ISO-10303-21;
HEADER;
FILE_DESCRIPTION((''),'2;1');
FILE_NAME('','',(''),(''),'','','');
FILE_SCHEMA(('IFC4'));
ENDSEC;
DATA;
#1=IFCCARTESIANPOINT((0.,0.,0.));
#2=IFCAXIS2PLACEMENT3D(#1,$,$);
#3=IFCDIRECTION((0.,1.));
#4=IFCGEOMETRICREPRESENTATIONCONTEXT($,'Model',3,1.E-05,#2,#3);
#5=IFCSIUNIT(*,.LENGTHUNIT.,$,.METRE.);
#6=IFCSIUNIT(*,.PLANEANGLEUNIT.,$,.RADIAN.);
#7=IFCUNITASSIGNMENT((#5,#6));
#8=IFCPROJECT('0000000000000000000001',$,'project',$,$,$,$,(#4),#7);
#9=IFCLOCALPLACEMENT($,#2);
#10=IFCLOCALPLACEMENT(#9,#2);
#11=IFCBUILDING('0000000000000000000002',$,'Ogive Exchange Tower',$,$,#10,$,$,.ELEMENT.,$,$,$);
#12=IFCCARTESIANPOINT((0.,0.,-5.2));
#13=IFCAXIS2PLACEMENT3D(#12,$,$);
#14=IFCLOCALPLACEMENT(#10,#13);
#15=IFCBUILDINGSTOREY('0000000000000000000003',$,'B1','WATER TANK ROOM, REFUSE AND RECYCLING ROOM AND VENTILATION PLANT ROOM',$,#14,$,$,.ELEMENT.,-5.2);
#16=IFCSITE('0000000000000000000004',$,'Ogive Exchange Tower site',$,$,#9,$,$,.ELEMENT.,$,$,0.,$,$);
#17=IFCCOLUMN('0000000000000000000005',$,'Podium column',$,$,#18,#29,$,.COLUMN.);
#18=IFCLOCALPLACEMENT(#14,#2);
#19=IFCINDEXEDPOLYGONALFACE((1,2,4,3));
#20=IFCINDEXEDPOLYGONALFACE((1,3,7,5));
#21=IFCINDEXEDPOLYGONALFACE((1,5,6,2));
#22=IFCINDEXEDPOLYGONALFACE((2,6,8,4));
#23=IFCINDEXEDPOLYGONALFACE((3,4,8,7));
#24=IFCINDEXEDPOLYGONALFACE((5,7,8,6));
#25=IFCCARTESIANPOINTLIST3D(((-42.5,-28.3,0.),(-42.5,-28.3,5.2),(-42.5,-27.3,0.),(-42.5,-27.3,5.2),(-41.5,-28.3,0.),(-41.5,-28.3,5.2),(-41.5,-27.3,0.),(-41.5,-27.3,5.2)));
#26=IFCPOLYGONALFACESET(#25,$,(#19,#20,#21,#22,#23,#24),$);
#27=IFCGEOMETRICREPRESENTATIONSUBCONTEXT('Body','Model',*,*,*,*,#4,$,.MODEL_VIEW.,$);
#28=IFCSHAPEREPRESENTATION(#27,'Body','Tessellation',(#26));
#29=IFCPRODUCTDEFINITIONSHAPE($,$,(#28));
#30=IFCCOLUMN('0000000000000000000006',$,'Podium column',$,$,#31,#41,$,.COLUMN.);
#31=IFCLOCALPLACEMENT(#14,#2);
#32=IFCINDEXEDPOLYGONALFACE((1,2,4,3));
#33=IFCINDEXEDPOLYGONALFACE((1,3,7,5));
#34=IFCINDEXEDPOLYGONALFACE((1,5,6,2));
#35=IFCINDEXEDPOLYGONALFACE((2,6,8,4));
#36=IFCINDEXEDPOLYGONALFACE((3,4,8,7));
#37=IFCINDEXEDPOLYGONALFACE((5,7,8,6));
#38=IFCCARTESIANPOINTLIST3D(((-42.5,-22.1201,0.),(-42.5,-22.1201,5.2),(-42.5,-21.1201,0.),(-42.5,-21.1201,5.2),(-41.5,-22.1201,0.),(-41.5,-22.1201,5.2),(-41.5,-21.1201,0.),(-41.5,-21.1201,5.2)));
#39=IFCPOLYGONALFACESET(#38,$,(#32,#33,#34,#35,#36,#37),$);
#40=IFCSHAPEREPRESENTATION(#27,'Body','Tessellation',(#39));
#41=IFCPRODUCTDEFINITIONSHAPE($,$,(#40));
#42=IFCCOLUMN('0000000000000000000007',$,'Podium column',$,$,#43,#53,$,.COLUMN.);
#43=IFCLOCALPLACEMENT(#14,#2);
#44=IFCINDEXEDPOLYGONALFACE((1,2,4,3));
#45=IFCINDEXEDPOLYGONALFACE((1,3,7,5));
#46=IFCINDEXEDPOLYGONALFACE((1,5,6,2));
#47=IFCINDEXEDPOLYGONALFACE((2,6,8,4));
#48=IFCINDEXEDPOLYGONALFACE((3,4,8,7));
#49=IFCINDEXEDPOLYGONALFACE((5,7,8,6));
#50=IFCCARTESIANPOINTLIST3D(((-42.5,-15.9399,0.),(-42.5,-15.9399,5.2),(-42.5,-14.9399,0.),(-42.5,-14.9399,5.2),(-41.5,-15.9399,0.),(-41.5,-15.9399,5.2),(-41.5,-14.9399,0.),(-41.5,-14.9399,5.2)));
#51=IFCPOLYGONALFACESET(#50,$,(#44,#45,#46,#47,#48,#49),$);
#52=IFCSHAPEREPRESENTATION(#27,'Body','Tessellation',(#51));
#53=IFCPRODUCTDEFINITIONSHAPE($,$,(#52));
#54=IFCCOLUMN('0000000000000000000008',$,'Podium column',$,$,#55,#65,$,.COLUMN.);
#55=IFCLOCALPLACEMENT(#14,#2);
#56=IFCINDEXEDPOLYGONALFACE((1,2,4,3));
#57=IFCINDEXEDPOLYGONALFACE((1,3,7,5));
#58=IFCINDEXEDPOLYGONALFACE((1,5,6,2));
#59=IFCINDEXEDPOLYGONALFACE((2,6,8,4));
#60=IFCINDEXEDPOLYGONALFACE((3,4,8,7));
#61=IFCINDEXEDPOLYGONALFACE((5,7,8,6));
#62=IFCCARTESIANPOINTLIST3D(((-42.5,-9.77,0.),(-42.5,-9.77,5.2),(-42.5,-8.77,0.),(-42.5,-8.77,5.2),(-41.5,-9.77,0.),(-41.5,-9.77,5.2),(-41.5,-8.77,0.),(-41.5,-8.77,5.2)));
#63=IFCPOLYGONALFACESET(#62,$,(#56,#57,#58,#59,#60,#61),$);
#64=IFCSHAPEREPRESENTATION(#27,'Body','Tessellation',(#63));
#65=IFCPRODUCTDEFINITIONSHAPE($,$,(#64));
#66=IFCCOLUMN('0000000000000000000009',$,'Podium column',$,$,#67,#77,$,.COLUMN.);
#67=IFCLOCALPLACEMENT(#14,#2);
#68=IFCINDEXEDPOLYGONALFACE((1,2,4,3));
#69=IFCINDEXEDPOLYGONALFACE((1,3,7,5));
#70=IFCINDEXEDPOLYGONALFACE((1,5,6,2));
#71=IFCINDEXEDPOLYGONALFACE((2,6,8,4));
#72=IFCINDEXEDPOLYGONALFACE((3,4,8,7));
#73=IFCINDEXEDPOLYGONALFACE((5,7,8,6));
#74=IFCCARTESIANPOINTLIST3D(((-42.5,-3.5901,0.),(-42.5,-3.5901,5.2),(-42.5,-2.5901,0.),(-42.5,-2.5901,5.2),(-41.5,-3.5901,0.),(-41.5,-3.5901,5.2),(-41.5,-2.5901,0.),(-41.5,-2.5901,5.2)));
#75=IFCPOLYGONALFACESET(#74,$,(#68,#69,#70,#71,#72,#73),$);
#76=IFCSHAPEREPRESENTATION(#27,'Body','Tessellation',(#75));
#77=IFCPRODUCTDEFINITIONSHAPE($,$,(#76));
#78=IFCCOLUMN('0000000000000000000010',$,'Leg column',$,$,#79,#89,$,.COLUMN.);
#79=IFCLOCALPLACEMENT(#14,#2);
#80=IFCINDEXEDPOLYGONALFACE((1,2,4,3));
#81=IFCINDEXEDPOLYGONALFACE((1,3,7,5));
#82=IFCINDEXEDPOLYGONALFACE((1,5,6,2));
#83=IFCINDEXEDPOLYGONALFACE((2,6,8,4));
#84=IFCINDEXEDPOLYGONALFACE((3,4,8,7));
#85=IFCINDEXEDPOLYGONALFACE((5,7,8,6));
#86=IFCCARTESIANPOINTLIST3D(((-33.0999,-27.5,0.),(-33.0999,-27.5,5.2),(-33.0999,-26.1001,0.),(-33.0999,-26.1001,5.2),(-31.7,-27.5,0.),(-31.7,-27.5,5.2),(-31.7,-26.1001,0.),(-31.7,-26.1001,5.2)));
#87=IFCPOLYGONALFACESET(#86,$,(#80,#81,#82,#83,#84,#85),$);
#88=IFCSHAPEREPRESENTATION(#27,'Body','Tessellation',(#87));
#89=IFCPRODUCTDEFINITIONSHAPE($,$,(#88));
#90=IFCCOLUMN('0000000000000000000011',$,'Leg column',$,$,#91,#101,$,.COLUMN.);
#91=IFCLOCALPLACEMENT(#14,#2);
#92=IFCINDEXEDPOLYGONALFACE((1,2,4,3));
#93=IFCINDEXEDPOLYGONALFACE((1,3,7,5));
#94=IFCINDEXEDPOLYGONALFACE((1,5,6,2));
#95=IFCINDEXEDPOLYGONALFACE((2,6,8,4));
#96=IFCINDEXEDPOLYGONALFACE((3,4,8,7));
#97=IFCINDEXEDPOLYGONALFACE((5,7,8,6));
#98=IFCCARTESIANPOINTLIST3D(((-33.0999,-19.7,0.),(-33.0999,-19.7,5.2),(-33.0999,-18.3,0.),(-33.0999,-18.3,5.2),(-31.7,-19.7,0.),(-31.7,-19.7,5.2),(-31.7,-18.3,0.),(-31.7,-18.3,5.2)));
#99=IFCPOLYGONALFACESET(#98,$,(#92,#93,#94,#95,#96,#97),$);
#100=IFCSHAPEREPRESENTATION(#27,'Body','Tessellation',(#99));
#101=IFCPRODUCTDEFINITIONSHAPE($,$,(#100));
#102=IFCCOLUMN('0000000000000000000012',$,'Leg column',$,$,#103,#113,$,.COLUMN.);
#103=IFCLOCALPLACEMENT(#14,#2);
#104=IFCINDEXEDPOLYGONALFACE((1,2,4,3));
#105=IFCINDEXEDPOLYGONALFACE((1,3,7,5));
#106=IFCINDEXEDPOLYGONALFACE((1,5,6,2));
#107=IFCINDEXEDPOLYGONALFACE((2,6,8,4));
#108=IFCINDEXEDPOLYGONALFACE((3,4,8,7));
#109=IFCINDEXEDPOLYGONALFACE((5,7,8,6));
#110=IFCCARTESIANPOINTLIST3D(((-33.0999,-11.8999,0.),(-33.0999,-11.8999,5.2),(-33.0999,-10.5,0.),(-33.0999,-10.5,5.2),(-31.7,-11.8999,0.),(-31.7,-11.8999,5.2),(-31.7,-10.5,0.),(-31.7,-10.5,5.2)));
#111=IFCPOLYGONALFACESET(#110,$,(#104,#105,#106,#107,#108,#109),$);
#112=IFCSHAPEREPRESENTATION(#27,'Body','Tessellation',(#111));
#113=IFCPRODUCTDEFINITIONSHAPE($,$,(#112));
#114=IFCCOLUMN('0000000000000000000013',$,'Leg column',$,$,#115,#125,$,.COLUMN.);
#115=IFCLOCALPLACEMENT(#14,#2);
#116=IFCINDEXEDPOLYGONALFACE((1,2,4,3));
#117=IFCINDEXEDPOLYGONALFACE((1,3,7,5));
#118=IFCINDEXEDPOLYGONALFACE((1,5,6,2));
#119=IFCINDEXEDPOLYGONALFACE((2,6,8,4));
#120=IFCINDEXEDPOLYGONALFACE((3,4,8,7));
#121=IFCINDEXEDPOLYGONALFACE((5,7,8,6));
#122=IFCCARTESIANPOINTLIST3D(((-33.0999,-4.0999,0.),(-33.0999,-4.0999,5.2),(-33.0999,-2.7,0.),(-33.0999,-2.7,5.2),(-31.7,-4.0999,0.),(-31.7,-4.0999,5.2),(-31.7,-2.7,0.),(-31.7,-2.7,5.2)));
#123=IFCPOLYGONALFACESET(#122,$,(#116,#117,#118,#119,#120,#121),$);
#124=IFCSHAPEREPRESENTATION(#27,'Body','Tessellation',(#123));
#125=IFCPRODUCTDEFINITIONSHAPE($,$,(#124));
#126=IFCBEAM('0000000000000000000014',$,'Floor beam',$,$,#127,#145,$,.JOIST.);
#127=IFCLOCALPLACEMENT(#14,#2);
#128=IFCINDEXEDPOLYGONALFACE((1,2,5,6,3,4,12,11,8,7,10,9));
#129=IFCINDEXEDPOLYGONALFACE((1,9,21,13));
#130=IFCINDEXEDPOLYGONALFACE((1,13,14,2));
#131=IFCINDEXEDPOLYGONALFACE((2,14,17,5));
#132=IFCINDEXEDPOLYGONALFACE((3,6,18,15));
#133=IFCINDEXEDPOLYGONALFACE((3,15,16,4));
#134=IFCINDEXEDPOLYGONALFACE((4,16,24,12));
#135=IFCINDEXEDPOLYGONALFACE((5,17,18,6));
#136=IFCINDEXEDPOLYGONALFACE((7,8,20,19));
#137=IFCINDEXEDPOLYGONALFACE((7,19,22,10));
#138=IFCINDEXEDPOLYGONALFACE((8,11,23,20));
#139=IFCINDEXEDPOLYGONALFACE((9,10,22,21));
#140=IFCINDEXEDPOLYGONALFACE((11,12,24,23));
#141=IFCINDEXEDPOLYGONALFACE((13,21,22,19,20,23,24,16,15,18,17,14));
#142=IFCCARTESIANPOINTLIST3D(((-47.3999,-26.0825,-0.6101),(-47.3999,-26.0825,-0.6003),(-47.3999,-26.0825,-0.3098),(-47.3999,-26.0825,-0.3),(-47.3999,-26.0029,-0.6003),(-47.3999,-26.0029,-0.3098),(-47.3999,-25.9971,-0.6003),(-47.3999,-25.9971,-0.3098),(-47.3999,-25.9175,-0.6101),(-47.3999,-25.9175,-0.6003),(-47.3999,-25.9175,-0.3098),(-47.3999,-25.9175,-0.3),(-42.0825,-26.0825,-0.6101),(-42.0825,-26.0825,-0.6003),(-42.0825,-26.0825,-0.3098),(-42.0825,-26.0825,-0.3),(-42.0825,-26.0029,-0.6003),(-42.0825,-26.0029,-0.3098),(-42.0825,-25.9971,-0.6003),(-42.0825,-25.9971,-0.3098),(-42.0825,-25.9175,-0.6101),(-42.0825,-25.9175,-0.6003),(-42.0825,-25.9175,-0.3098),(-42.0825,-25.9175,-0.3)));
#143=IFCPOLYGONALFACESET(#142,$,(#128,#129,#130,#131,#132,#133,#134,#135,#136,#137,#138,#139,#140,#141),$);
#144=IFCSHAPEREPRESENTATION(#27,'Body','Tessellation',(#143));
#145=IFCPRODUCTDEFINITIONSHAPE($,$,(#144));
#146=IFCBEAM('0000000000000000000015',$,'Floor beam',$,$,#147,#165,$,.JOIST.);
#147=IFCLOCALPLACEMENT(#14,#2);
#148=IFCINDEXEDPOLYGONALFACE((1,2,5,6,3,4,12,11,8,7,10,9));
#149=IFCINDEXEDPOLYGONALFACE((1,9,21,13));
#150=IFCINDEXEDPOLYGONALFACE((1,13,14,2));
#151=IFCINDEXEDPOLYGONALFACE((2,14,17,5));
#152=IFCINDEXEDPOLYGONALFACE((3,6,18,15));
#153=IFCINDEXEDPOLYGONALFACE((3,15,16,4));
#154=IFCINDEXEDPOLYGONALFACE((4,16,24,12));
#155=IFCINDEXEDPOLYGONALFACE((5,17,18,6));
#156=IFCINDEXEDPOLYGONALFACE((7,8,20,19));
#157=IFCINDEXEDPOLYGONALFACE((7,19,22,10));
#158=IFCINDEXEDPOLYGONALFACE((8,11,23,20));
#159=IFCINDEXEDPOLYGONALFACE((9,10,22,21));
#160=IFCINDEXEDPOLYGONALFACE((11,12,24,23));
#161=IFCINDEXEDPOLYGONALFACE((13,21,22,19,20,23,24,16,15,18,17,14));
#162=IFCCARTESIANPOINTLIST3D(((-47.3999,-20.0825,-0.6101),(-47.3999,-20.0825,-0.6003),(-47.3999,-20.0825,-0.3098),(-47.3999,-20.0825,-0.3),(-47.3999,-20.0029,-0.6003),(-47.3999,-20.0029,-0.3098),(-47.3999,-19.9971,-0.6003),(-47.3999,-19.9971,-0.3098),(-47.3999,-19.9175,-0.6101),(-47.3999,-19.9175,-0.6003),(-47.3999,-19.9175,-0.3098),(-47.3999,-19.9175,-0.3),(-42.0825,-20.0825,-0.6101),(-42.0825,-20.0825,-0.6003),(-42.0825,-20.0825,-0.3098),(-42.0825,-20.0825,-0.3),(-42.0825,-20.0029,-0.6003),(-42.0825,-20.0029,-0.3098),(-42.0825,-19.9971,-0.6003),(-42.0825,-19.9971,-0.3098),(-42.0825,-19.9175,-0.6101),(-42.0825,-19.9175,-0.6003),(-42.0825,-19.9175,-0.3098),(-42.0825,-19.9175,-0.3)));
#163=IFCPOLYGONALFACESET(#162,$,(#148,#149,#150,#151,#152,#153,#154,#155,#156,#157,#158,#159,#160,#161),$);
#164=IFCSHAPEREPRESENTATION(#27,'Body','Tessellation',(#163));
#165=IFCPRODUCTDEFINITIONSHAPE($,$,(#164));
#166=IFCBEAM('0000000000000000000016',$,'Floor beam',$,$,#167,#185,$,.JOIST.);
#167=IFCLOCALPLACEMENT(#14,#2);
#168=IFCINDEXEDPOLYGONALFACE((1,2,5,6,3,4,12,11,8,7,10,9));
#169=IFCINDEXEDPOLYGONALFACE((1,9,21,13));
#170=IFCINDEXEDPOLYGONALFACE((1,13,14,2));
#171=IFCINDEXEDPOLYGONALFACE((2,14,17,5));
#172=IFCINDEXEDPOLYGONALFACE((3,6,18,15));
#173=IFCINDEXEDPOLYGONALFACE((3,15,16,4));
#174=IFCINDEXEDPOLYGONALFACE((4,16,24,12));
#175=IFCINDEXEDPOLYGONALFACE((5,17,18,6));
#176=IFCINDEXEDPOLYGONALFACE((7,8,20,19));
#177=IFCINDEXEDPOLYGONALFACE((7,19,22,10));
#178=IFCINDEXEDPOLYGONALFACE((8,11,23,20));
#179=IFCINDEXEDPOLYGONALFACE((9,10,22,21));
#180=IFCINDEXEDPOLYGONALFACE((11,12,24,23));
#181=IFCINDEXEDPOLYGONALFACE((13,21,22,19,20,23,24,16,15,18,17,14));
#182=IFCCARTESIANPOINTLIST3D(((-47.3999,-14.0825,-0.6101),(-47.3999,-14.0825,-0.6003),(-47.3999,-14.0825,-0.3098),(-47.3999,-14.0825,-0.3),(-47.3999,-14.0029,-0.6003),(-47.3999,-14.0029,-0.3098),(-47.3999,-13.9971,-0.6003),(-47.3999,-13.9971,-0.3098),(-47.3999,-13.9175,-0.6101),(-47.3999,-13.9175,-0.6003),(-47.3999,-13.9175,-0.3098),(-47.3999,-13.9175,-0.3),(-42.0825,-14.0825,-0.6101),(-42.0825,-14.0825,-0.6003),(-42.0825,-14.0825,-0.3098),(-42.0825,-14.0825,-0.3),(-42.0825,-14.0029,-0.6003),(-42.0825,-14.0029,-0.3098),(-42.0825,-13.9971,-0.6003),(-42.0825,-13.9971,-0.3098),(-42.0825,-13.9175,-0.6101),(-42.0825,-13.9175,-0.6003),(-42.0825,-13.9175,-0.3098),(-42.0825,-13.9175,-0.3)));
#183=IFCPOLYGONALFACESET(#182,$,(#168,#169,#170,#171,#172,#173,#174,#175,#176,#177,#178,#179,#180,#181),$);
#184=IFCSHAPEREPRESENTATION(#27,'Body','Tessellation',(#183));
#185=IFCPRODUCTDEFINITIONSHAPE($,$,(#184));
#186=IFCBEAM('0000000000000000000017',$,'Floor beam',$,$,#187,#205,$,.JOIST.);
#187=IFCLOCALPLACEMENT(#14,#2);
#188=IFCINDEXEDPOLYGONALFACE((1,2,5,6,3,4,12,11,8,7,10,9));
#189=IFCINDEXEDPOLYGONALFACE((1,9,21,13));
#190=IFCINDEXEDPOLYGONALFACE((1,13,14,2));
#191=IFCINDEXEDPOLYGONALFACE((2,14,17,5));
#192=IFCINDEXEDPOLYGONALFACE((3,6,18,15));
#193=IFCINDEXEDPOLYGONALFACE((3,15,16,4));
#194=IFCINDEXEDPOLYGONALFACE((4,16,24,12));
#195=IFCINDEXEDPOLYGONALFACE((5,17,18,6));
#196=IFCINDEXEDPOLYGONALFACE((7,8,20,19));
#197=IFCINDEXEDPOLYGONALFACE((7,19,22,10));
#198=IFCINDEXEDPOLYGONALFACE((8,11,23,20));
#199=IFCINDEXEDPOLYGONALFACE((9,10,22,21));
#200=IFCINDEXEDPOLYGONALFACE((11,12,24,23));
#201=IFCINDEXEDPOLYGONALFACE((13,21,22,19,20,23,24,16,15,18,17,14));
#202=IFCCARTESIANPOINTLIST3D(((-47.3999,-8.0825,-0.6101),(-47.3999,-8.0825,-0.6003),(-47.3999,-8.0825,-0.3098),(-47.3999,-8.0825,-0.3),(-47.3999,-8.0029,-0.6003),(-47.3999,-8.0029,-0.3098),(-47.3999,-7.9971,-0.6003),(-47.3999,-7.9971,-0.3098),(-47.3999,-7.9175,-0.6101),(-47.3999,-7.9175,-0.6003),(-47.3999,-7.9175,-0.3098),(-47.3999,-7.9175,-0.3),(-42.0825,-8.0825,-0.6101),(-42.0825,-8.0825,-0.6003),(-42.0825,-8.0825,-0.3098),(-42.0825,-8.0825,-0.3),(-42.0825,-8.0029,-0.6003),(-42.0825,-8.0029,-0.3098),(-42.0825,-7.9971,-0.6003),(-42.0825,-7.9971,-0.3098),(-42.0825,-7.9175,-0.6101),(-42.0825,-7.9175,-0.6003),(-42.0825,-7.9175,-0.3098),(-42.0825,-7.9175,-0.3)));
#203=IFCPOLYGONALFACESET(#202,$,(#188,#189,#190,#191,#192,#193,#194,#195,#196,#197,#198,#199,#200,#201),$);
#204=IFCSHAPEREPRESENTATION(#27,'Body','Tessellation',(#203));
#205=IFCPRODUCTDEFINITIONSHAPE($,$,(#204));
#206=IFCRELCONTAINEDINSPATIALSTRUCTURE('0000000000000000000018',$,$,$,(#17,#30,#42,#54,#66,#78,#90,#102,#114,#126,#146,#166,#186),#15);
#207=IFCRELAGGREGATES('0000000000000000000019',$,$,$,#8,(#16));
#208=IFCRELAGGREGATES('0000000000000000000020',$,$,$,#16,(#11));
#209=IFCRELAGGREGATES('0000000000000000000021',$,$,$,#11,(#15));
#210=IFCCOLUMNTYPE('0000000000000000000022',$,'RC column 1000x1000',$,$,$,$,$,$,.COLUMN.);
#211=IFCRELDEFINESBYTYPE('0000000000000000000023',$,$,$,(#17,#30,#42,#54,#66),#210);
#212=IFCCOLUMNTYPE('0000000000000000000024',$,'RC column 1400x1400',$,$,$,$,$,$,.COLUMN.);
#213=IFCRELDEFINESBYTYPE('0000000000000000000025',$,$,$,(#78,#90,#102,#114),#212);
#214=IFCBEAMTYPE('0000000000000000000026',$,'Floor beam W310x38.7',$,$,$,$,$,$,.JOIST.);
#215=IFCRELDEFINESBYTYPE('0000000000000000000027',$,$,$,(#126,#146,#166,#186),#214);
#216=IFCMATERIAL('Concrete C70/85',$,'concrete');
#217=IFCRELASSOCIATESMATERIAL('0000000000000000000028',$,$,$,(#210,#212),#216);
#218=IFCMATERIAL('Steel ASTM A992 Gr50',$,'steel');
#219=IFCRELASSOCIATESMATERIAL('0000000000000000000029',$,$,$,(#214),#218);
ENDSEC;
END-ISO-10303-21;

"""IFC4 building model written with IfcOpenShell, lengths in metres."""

from ifc_helpers import new_model, si_unit, direction, frame, origin, origin_2d, place, context, subcontext, project, spatial, rectangle, i_section, extrude, material, material_profile, profile_set, type_object, element, save


model = new_model("IFC4")

# Units and contexts
model_context = context("Model", 3, precision=1e-05, world=origin(), true_north=direction((0.0, 1.0)))
body_context = subcontext(model_context, "Body", "Model", "MODEL_VIEW")
ifc_project = project(units=[si_unit("LENGTHUNIT", "METRE"), si_unit("PLANEANGLEUNIT", "RADIAN")], contexts=[model_context])

# Site, building, storey
site_placement = place(None, origin())
site = spatial("IfcSite", under=ifc_project, at=site_placement, Name="Ogive Exchange Tower site", CompositionType="ELEMENT", RefElevation=0.0)
building_placement = place(site_placement, origin())
building = spatial("IfcBuilding", under=site, at=building_placement, Name="Ogive Exchange Tower", CompositionType="ELEMENT")
storey_placement = place(building_placement, frame((0.0, 0.0, -5.2)))
storey = spatial("IfcBuildingStorey", under=building, at=storey_placement, Name="B1", Description="WATER TANK ROOM, REFUSE AND RECYCLING ROOM AND VENTILATION PLANT ROOM", CompositionType="ELEMENT", Elevation=-5.2)

# Columns
ifc_material_1 = material(Name="Concrete C70/85", Category="concrete")
ifc_material_profile_1 = material_profile(ifc_material_1, rectangle(XDim=1.0, YDim=1.0, at=origin_2d()), Name="RC 1000x1000")
ifc_profile_set_1 = profile_set([ifc_material_profile_1], Name="Concrete C70/85")
column_type_1 = type_object("IfcColumnType", Name="RC column 1000x1000", PredefinedType="COLUMN", material=ifc_profile_set_1)
for number, where, z_axis, x_axis, name in (
    (1, (-42.0, -27.8, 0.0), (0.0, 0.0, 1.0), (1.0, 0.0, 0.0), "Podium column"),
    (2, (-42.0, -21.6201, 0.0), (0.0, 0.0, 1.0), (1.0, 0.0, 0.0), "Podium column"),
    (3, (-42.0, -15.4399, 0.0), (0.0, 0.0, 1.0), (1.0, 0.0, 0.0), "Podium column"),
    (4, (-42.0, -9.27, 0.0), (0.0, 0.0, 1.0), (1.0, 0.0, 0.0), "Podium column"),
    (5, (-42.0, -3.0901, 0.0), (0.0, 0.0, 1.0), (1.0, 0.0, 0.0), "Podium column"),
):
    element("IfcColumn", number, at=place(storey_placement, frame(where, z_axis=z_axis, x_axis=x_axis)), inside=storey, type_object=column_type_1, Name=name, PredefinedType="COLUMN", context=body_context, shape_type="SweptSolid", body=[
        extrude(rectangle(XDim=1.0, YDim=1.0, at=origin_2d()), origin(), (0.0, 0.0, 1.0), 5.2),
    ])
ifc_material_profile_2 = material_profile(ifc_material_1, rectangle(XDim=1.3999, YDim=1.3999, at=origin_2d()), Name="RC 1400x1400")
ifc_profile_set_2 = profile_set([ifc_material_profile_2], Name="Concrete C70/85")
column_type_2 = type_object("IfcColumnType", Name="RC column 1400x1400", PredefinedType="COLUMN", material=ifc_profile_set_2)
for number, where, z_axis, x_axis, name in (
    (6, (-32.3999, -26.8, 0.0), (0.0, 0.0, 1.0), (1.0, 0.0, 0.0), "Leg column"),
    (7, (-32.3999, -19.0, 0.0), (0.0, 0.0, 1.0), (1.0, 0.0, 0.0), "Leg column"),
    (8, (-32.3999, -11.2, 0.0), (0.0, 0.0, 1.0), (1.0, 0.0, 0.0), "Leg column"),
    (9, (-32.3999, -3.3999, 0.0), (0.0, 0.0, 1.0), (1.0, 0.0, 0.0), "Leg column"),
):
    element("IfcColumn", number, at=place(storey_placement, frame(where, z_axis=z_axis, x_axis=x_axis)), inside=storey, type_object=column_type_2, Name=name, PredefinedType="COLUMN", context=body_context, shape_type="SweptSolid", body=[
        extrude(rectangle(XDim=1.3999, YDim=1.3999, at=origin_2d()), origin(), (0.0, 0.0, 1.0), 5.2),
    ])

# Beams
ifc_material_2 = material(Name="Steel ASTM A992 Gr50", Category="steel")
ifc_material_profile_3 = material_profile(ifc_material_2, i_section(OverallWidth=0.165, OverallDepth=0.3101, WebThickness=0.0059, FlangeThickness=0.0098, at=origin_2d()), Name="W310x38.7")
ifc_profile_set_3 = profile_set([ifc_material_profile_3], Name="Steel ASTM A992 Gr50")
beam_type_1 = type_object("IfcBeamType", Name="Floor beam W310x38.7", PredefinedType="JOIST", material=ifc_profile_set_3)
for number, where, z_axis, x_axis, name in (
    (10, (-47.3999, -26.0, -0.4551), (1.0, 0.0, 0.0), (0.0, 1.0, 0.0), "Floor beam"),
    (11, (-47.3999, -20.0, -0.4551), (1.0, 0.0, 0.0), (0.0, 1.0, 0.0), "Floor beam"),
    (12, (-47.3999, -14.0, -0.4551), (1.0, 0.0, 0.0), (0.0, 1.0, 0.0), "Floor beam"),
    (13, (-47.3999, -8.0, -0.4551), (1.0, 0.0, 0.0), (0.0, 1.0, 0.0), "Floor beam"),
):
    element("IfcBeam", number, at=place(storey_placement, frame(where, z_axis=z_axis, x_axis=x_axis)), inside=storey, type_object=beam_type_1, Name=name, PredefinedType="JOIST", context=body_context, shape_type="SweptSolid", body=[
        extrude(i_section(OverallWidth=0.165, OverallDepth=0.3101, WebThickness=0.0059, FlangeThickness=0.0098, at=origin_2d()), origin(), (0.0, 0.0, 1.0), 5.3174),
    ])

save(model, "model.ifc")
